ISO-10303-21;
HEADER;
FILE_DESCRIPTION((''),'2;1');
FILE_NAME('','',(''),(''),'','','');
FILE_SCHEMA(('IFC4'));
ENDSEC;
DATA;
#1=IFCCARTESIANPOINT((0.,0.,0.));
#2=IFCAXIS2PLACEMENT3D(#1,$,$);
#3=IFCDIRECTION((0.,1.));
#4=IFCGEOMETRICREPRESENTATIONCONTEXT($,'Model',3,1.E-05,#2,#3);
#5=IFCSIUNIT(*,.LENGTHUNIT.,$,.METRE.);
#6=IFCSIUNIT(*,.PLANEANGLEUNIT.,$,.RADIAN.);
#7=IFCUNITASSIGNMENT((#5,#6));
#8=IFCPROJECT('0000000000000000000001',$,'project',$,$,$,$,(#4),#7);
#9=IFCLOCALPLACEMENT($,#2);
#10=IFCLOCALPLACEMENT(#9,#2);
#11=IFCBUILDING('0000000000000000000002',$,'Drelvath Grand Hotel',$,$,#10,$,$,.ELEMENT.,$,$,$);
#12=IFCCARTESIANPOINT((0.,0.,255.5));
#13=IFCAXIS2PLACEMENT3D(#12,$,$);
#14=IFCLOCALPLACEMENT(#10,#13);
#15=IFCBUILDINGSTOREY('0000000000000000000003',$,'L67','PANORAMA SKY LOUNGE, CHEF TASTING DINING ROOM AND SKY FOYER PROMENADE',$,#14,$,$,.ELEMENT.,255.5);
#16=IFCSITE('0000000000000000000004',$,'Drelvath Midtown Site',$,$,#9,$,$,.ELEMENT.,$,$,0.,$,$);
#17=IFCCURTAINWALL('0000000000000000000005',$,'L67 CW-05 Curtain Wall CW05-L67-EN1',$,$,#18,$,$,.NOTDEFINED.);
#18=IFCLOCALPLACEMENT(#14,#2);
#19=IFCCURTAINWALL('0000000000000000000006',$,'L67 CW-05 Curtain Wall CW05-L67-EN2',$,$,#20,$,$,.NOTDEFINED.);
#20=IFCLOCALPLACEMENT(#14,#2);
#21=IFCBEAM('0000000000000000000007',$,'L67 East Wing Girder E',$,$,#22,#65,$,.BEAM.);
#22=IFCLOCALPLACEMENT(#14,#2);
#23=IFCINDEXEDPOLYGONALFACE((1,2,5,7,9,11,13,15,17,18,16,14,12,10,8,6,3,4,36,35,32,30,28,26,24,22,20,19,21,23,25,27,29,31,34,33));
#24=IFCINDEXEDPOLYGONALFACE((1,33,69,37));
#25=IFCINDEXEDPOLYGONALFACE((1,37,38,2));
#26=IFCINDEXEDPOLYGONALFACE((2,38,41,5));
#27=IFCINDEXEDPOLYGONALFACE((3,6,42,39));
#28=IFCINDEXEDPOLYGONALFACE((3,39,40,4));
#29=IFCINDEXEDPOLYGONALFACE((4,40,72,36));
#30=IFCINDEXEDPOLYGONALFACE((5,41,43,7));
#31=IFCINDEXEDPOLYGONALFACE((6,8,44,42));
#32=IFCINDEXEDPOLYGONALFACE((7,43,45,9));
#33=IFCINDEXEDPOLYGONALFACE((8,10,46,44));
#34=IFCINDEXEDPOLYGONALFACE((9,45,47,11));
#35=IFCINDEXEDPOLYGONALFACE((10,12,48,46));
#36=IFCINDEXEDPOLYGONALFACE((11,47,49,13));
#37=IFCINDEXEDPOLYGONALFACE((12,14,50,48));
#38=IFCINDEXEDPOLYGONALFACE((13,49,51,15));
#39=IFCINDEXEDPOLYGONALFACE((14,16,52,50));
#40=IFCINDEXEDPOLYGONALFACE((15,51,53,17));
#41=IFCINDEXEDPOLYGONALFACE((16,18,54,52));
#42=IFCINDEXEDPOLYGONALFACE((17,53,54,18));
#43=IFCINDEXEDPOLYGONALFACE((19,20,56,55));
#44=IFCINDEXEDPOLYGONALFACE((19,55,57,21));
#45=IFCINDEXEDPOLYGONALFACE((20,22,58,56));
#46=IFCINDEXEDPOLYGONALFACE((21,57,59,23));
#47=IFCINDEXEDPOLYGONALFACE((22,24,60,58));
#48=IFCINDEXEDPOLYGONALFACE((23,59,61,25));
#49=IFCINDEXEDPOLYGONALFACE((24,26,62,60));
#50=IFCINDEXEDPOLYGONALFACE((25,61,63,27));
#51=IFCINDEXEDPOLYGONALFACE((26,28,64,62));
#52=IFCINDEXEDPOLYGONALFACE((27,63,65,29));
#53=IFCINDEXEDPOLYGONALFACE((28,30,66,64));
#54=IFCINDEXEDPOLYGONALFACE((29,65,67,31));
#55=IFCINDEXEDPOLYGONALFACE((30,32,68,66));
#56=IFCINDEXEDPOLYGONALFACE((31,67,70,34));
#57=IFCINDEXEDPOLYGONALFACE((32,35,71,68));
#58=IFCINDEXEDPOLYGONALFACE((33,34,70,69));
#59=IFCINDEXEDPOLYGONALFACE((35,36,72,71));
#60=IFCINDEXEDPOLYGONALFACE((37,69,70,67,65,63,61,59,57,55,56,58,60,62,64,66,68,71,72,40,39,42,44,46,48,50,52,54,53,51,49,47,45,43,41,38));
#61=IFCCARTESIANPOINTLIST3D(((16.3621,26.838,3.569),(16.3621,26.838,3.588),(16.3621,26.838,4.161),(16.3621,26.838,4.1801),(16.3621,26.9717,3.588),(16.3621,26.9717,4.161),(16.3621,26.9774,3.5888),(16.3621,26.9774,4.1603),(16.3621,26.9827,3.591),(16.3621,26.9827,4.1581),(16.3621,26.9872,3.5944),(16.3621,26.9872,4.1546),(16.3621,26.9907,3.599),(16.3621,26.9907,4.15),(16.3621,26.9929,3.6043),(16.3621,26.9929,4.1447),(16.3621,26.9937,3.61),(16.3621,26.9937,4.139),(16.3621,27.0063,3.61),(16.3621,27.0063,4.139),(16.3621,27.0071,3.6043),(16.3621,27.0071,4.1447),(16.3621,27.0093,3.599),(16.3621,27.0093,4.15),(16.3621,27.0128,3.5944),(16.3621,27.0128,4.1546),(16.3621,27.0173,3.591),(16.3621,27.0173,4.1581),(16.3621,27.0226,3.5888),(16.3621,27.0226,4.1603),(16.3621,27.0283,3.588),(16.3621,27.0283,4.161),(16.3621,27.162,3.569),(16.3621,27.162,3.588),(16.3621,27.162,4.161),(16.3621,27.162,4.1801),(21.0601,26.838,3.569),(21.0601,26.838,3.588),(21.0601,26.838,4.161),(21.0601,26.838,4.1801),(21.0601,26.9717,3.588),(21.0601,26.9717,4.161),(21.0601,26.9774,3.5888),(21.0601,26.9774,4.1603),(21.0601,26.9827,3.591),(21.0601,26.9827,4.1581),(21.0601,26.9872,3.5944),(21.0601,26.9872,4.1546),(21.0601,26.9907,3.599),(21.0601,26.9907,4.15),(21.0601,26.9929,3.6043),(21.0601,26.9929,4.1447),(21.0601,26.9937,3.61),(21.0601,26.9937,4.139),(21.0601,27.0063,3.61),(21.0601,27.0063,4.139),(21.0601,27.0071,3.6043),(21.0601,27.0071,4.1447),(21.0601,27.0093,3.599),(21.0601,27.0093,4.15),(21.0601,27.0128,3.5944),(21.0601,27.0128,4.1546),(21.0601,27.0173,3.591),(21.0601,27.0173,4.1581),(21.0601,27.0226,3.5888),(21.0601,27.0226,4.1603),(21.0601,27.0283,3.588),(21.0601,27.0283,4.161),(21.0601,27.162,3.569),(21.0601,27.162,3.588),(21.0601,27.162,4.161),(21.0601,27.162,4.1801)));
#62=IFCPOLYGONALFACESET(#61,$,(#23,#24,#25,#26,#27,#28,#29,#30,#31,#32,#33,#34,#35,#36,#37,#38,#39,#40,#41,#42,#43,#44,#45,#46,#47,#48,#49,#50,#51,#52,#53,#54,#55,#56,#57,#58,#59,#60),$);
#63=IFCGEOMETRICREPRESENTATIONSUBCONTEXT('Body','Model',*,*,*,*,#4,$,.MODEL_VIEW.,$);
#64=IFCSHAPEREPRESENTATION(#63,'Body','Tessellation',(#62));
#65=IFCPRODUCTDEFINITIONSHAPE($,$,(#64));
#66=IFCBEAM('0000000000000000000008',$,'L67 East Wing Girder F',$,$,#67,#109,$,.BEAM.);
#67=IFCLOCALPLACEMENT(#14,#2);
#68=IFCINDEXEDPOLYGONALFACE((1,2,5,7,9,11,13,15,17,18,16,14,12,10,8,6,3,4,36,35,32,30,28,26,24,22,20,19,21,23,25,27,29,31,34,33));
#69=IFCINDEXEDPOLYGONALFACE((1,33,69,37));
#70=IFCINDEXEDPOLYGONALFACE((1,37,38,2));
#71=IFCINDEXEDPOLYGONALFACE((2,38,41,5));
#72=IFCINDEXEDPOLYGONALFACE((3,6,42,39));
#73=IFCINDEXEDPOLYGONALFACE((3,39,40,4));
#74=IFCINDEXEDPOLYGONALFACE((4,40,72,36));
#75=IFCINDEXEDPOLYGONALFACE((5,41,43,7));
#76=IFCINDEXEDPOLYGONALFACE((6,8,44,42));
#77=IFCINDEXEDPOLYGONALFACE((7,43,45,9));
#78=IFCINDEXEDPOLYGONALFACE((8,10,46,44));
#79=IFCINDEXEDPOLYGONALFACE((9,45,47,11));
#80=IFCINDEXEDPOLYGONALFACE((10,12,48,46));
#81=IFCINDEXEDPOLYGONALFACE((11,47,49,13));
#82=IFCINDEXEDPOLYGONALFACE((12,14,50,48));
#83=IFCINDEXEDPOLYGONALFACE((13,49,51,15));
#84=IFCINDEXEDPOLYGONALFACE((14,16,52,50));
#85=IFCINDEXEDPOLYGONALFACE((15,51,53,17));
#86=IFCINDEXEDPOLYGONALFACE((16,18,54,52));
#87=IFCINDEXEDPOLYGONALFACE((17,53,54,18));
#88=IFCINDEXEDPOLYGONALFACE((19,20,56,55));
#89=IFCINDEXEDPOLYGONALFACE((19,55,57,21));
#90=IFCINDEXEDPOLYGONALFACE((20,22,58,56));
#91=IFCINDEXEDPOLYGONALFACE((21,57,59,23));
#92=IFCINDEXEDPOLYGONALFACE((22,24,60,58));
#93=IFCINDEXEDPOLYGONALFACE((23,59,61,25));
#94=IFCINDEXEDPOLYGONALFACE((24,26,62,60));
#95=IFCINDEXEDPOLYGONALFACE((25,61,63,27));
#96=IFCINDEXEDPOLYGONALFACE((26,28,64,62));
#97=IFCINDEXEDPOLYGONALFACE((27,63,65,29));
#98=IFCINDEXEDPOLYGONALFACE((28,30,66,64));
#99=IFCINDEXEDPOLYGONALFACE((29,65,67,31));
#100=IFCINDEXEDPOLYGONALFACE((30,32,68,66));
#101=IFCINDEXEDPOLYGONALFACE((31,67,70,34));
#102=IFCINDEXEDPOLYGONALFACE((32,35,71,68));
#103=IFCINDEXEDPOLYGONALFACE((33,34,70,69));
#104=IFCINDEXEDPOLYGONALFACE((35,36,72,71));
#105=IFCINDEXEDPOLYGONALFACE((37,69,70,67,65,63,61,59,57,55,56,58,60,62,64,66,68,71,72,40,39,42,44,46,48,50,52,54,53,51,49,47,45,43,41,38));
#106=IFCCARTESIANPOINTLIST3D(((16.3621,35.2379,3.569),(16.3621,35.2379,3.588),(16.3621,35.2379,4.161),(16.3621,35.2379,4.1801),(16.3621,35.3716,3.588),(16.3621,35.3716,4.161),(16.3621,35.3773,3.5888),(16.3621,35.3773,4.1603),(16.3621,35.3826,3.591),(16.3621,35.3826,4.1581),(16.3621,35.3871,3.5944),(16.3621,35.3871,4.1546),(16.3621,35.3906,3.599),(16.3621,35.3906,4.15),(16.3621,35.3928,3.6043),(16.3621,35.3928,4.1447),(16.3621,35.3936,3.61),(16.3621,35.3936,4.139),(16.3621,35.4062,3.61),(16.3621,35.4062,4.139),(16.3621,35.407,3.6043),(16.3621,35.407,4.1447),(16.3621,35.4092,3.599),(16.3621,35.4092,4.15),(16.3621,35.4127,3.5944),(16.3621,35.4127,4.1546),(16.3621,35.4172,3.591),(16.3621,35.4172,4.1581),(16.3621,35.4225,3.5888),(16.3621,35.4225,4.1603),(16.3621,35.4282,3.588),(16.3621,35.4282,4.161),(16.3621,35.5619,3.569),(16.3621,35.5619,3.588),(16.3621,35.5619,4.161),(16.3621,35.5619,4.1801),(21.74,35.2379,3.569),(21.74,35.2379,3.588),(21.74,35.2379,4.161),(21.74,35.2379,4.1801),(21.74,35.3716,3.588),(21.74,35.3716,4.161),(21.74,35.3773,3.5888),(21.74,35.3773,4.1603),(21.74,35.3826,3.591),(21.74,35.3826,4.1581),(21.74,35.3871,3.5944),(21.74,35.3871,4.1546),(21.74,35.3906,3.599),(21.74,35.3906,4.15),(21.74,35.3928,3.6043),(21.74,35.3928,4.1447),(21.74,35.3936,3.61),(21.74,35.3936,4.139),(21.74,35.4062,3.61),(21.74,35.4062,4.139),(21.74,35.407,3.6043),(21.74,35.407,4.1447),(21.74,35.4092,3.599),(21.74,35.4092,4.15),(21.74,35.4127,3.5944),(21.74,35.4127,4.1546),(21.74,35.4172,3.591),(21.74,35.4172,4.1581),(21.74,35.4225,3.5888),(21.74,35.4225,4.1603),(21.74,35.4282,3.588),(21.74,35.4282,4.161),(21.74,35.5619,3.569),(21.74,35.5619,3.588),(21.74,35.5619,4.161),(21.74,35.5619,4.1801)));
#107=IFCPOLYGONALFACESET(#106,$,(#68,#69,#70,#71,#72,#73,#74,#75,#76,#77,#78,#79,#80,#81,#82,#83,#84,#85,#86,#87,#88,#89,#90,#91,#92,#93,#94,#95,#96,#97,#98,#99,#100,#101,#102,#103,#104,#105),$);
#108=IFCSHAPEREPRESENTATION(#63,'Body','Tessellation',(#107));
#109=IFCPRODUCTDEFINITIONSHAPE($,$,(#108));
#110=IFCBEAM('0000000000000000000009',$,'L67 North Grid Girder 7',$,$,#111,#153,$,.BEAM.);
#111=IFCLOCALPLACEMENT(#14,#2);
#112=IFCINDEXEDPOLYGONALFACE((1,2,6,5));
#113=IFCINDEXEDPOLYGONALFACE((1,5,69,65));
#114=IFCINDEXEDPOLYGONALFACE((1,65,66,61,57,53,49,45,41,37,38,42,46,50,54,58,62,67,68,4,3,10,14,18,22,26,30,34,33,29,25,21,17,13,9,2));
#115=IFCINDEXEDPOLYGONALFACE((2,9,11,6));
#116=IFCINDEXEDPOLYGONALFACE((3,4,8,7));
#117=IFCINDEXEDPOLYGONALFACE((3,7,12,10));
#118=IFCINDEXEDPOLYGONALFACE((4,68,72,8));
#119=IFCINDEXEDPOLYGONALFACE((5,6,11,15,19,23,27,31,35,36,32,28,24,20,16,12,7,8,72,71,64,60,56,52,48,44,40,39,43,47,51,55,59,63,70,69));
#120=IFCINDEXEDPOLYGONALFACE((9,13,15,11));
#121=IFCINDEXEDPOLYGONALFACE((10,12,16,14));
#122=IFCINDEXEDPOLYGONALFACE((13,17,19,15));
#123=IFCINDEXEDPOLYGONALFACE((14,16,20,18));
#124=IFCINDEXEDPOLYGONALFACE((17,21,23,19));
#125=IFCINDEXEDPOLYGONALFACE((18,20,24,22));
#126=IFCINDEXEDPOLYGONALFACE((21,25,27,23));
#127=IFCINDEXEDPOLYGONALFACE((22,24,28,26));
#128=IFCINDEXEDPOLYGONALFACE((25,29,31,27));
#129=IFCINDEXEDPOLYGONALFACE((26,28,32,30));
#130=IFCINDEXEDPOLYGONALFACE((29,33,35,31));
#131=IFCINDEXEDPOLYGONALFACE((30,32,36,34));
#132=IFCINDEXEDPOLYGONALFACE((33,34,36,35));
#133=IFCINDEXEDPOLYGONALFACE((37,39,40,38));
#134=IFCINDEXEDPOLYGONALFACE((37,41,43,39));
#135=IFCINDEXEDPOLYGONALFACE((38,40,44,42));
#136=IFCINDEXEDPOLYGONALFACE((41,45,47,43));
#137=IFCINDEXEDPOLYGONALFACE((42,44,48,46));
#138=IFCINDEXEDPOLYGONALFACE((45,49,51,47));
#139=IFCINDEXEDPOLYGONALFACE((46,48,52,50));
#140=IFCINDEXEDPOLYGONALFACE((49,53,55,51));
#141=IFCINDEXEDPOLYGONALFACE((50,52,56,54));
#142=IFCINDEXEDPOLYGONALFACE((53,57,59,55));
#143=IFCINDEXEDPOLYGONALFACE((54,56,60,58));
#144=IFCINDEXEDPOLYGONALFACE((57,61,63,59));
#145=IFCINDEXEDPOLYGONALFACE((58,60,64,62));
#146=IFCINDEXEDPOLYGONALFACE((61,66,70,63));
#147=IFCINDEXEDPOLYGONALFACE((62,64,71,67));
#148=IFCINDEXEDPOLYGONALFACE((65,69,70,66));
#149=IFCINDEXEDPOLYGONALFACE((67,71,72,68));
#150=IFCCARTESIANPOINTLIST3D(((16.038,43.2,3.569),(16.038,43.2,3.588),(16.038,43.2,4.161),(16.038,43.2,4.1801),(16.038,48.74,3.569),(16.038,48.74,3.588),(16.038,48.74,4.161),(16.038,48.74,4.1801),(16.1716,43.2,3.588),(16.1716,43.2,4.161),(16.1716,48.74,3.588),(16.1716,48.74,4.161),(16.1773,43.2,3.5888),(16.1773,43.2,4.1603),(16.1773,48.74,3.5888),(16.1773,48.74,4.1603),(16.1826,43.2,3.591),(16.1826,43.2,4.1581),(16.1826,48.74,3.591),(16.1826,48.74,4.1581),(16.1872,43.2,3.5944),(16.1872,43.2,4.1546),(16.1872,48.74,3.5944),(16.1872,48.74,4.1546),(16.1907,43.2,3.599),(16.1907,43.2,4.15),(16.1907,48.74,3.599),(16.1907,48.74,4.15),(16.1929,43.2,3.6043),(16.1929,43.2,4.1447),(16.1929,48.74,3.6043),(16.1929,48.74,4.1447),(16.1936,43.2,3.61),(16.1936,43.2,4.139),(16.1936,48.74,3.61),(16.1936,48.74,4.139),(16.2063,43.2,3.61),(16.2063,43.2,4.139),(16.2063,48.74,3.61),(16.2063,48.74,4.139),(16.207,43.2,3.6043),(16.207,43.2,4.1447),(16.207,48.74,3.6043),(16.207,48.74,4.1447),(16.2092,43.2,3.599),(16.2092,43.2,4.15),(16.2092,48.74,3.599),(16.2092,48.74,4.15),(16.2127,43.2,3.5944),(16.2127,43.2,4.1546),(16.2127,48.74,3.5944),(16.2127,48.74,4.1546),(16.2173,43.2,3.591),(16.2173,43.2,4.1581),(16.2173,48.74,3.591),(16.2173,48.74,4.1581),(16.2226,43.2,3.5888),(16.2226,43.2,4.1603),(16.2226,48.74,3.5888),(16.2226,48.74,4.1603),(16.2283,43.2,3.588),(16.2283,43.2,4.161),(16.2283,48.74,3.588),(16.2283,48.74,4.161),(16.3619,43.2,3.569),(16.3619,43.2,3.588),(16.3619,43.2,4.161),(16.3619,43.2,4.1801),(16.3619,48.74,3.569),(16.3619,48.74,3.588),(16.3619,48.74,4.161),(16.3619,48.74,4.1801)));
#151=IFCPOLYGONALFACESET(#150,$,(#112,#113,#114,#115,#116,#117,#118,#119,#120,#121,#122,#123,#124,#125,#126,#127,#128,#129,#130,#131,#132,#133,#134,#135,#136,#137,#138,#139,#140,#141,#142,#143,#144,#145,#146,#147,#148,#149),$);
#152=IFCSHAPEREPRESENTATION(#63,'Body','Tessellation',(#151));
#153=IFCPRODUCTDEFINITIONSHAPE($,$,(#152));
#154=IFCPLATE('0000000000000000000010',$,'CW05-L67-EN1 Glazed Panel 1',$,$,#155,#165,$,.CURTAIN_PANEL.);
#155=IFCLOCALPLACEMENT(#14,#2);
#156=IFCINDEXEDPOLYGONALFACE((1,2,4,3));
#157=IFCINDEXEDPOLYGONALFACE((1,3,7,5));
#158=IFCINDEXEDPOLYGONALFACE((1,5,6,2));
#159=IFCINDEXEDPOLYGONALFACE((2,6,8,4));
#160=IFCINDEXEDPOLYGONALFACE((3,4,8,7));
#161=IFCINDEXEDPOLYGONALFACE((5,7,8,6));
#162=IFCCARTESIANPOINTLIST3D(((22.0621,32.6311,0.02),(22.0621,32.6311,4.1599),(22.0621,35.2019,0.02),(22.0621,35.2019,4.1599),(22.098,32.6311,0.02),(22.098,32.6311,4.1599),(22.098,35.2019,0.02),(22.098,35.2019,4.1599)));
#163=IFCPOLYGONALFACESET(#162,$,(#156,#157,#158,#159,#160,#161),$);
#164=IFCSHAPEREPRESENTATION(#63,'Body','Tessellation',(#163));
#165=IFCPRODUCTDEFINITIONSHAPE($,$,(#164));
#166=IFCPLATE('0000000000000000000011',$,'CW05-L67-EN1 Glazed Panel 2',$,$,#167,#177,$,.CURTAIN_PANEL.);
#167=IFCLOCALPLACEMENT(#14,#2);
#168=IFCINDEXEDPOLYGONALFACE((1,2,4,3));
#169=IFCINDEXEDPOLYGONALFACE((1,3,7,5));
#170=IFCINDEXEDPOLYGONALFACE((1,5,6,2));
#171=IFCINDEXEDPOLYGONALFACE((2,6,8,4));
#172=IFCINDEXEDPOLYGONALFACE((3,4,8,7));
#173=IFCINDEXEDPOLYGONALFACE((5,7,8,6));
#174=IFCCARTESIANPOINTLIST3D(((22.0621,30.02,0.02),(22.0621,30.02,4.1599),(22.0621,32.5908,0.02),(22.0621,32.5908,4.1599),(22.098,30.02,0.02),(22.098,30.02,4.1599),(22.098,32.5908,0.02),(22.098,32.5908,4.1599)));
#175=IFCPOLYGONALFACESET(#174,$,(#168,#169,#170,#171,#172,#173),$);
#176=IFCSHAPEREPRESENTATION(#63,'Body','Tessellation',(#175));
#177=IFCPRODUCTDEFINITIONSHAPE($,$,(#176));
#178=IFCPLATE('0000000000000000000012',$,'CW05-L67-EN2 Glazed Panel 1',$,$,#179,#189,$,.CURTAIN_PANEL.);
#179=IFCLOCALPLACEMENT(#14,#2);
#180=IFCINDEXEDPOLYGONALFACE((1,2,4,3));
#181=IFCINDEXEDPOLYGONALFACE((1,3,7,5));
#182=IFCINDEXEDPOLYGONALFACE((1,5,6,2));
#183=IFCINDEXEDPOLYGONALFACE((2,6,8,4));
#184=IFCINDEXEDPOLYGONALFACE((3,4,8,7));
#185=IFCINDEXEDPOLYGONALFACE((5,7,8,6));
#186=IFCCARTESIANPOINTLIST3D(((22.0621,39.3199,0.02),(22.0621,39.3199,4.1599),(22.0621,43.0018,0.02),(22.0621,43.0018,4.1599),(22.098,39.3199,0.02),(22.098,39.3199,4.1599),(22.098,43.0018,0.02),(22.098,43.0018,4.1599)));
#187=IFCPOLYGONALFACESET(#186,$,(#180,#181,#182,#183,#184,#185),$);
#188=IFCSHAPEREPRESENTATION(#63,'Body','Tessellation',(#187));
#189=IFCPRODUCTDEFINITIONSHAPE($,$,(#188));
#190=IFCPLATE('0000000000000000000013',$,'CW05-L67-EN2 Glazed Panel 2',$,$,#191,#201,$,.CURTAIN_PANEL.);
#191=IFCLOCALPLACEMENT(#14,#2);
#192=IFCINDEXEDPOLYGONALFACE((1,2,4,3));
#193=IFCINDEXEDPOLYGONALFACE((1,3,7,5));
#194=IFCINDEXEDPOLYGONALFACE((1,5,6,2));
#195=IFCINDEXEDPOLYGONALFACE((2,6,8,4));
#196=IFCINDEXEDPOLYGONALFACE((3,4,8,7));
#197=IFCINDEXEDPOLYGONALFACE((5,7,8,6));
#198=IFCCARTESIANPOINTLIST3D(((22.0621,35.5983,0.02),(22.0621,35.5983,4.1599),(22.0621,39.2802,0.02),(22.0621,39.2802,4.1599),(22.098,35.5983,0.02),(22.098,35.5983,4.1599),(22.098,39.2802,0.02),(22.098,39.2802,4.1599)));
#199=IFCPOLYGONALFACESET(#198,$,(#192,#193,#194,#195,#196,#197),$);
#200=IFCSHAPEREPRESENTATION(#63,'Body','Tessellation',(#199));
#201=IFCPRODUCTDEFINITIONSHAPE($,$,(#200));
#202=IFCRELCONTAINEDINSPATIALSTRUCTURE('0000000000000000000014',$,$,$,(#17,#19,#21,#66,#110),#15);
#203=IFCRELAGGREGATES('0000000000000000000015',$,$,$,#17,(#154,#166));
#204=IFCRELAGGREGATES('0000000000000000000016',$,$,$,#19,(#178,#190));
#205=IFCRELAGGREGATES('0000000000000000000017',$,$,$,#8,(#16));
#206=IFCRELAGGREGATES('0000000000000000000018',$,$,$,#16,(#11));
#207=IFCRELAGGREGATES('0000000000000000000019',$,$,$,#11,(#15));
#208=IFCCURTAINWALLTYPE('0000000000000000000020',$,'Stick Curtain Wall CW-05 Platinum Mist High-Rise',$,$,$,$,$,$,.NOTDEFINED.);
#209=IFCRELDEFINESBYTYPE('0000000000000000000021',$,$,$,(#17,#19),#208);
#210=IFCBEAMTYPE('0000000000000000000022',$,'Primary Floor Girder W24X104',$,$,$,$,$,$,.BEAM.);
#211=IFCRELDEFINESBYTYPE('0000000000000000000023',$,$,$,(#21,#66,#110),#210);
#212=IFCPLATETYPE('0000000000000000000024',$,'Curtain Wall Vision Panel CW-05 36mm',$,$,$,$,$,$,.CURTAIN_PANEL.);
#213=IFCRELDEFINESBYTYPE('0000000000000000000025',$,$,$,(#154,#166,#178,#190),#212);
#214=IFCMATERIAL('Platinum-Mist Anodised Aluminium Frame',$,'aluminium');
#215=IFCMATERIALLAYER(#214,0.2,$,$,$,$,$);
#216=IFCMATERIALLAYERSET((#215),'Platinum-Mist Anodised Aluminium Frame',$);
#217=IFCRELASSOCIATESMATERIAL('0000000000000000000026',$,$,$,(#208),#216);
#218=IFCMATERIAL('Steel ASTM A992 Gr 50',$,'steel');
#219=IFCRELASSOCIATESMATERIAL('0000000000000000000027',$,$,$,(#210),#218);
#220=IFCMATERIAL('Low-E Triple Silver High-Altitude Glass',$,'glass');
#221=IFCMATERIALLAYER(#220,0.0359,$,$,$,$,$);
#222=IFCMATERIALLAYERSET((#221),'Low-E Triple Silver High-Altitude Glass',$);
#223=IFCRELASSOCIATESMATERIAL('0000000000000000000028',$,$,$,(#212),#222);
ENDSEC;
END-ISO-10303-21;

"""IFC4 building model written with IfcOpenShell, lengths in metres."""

from ifc_helpers import new_model, si_unit, direction, frame, origin, origin_2d, place, context, subcontext, project, spatial, rectangle, i_section, extrude, material, layer, layer_set, material_profile, profile_set, type_object, element, aggregate, save


model = new_model("IFC4")

# Units and contexts
model_context = context("Model", 3, precision=1e-05, world=origin(), true_north=direction((0.0, 1.0)))
body_context = subcontext(model_context, "Body", "Model", "MODEL_VIEW")
ifc_project = project(units=[si_unit("LENGTHUNIT", "METRE"), si_unit("PLANEANGLEUNIT", "RADIAN")], contexts=[model_context])

# Site, building, storey
site_placement = place(None, origin())
site = spatial("IfcSite", under=ifc_project, at=site_placement, Name="Drelvath Midtown Site", CompositionType="ELEMENT", RefElevation=0.0)
building_placement = place(site_placement, origin())
building = spatial("IfcBuilding", under=site, at=building_placement, Name="Drelvath Grand Hotel", CompositionType="ELEMENT")
storey_placement = place(building_placement, frame((0.0, 0.0, 255.5)))
storey = spatial("IfcBuildingStorey", under=building, at=storey_placement, Name="L67", Description="PANORAMA SKY LOUNGE, CHEF TASTING DINING ROOM AND SKY FOYER PROMENADE", CompositionType="ELEMENT", Elevation=255.5)

# Curtain walls
ifc_material_1 = material(Name="Platinum-Mist Anodised Aluminium Frame", Category="aluminium")
ifc_layer_1 = layer(ifc_material_1, 0.2)
ifc_layer_set_1 = layer_set([ifc_layer_1], Name="Platinum-Mist Anodised Aluminium Frame")
curtain_wall_type = type_object("IfcCurtainWallType", Name="Stick Curtain Wall CW-05 Platinum Mist High-Rise", PredefinedType="NOTDEFINED", material=ifc_layer_set_1)
curtain_wall_1_placement = place(storey_placement, origin())
curtain_wall_1 = element("IfcCurtainWall", 1, at=curtain_wall_1_placement, inside=storey, type_object=curtain_wall_type, Name="L67 CW-05 Curtain Wall CW05-L67-EN1", PredefinedType="NOTDEFINED")
curtain_wall_2_placement = place(storey_placement, origin())
curtain_wall_2 = element("IfcCurtainWall", 2, at=curtain_wall_2_placement, inside=storey, type_object=curtain_wall_type, Name="L67 CW-05 Curtain Wall CW05-L67-EN2", PredefinedType="NOTDEFINED")

# Beams
ifc_material_2 = material(Name="Steel ASTM A992 Gr 50", Category="steel")
ifc_material_profile_1 = material_profile(ifc_material_2, i_section(OverallWidth=0.324, OverallDepth=0.6111, WebThickness=0.0127, FlangeThickness=0.019, FilletRadius=0.022, at=origin_2d()), Name="W24X104")
ifc_profile_set_1 = profile_set([ifc_material_profile_1], Name="Steel ASTM A992 Gr 50")
beam_type_1 = type_object("IfcBeamType", Name="Primary Floor Girder W24X104", PredefinedType="BEAM", material=ifc_profile_set_1)
beam_1_placement = place(storey_placement, frame((16.3621, 27.0, 3.8745), z_axis=(1.0, 0.0, 0.0), x_axis=(0.0, 1.0, 0.0)))
element("IfcBeam", 3, at=beam_1_placement, inside=storey, type_object=beam_type_1, Name="L67 East Wing Girder E", PredefinedType="BEAM", context=body_context, shape_type="SweptSolid", body=[
    extrude(i_section(OverallWidth=0.324, OverallDepth=0.6111, WebThickness=0.0127, FlangeThickness=0.019, FilletRadius=0.022, at=origin_2d()), origin(), (0.0, 0.0, 1.0), 4.698),
])
beam_2_placement = place(storey_placement, frame((16.3621, 35.3999, 3.8745), z_axis=(1.0, 0.0, 0.0), x_axis=(0.0, 1.0, 0.0)))
element("IfcBeam", 4, at=beam_2_placement, inside=storey, type_object=beam_type_1, Name="L67 East Wing Girder F", PredefinedType="BEAM", context=body_context, shape_type="SweptSolid", body=[
    extrude(i_section(OverallWidth=0.324, OverallDepth=0.6111, WebThickness=0.0127, FlangeThickness=0.019, FilletRadius=0.022, at=origin_2d()), origin(), (0.0, 0.0, 1.0), 5.3779),
])
beam_3_placement = place(storey_placement, frame((16.2, 43.2, 3.8745), z_axis=(0.0, 1.0, 0.0), x_axis=(-1.0, 0.0, 0.0)))
element("IfcBeam", 5, at=beam_3_placement, inside=storey, type_object=beam_type_1, Name="L67 North Grid Girder 7", PredefinedType="BEAM", context=body_context, shape_type="SweptSolid", body=[
    extrude(i_section(OverallWidth=0.324, OverallDepth=0.6111, WebThickness=0.0127, FlangeThickness=0.019, FilletRadius=0.022, at=origin_2d()), origin(), (0.0, 0.0, 1.0), 5.54),
])

# Plates
ifc_material_3 = material(Name="Low-E Triple Silver High-Altitude Glass", Category="glass")
ifc_layer_2 = layer(ifc_material_3, 0.0359)
ifc_layer_set_2 = layer_set([ifc_layer_2], Name="Low-E Triple Silver High-Altitude Glass")
plate_type = type_object("IfcPlateType", Name="Curtain Wall Vision Panel CW-05 36mm", PredefinedType="CURTAIN_PANEL", material=ifc_layer_set_2)
plate_1_placement = place(storey_placement, frame((22.0801, 33.9165, 0.02), z_axis=(0.0, 0.0, 1.0), x_axis=(0.0, -1.0, 0.0)))
plate_1 = element("IfcPlate", 6, at=plate_1_placement, type_object=plate_type, Name="CW05-L67-EN1 Glazed Panel 1", PredefinedType="CURTAIN_PANEL", context=body_context, shape_type="SweptSolid", body=[
    extrude(rectangle(XDim=2.5708, YDim=0.0359, at=origin_2d()), origin(), (0.0, 0.0, 1.0), 4.1399),
])
plate_2_placement = place(storey_placement, frame((22.0801, 31.3054, 0.02), z_axis=(0.0, 0.0, 1.0), x_axis=(0.0, -1.0, 0.0)))
plate_2 = element("IfcPlate", 7, at=plate_2_placement, type_object=plate_type, Name="CW05-L67-EN1 Glazed Panel 2", PredefinedType="CURTAIN_PANEL", context=body_context, shape_type="SweptSolid", body=[
    extrude(rectangle(XDim=2.5708, YDim=0.0359, at=origin_2d()), origin(), (0.0, 0.0, 1.0), 4.1399),
])
aggregate(curtain_wall_1, [plate_1, plate_2])
plate_3_placement = place(storey_placement, frame((22.0801, 41.1609, 0.02), z_axis=(0.0, 0.0, 1.0), x_axis=(0.0, -1.0, 0.0)))
plate_3 = element("IfcPlate", 8, at=plate_3_placement, type_object=plate_type, Name="CW05-L67-EN2 Glazed Panel 1", PredefinedType="CURTAIN_PANEL", context=body_context, shape_type="SweptSolid", body=[
    extrude(rectangle(XDim=3.6819, YDim=0.0359, at=origin_2d()), origin(), (0.0, 0.0, 1.0), 4.1399),
])
plate_4_placement = place(storey_placement, frame((22.0801, 37.4392, 0.02), z_axis=(0.0, 0.0, 1.0), x_axis=(0.0, -1.0, 0.0)))
plate_4 = element("IfcPlate", 9, at=plate_4_placement, type_object=plate_type, Name="CW05-L67-EN2 Glazed Panel 2", PredefinedType="CURTAIN_PANEL", context=body_context, shape_type="SweptSolid", body=[
    extrude(rectangle(XDim=3.6819, YDim=0.0359, at=origin_2d()), origin(), (0.0, 0.0, 1.0), 4.1399),
])
aggregate(curtain_wall_2, [plate_3, plate_4])

save(model, "model.ifc")
